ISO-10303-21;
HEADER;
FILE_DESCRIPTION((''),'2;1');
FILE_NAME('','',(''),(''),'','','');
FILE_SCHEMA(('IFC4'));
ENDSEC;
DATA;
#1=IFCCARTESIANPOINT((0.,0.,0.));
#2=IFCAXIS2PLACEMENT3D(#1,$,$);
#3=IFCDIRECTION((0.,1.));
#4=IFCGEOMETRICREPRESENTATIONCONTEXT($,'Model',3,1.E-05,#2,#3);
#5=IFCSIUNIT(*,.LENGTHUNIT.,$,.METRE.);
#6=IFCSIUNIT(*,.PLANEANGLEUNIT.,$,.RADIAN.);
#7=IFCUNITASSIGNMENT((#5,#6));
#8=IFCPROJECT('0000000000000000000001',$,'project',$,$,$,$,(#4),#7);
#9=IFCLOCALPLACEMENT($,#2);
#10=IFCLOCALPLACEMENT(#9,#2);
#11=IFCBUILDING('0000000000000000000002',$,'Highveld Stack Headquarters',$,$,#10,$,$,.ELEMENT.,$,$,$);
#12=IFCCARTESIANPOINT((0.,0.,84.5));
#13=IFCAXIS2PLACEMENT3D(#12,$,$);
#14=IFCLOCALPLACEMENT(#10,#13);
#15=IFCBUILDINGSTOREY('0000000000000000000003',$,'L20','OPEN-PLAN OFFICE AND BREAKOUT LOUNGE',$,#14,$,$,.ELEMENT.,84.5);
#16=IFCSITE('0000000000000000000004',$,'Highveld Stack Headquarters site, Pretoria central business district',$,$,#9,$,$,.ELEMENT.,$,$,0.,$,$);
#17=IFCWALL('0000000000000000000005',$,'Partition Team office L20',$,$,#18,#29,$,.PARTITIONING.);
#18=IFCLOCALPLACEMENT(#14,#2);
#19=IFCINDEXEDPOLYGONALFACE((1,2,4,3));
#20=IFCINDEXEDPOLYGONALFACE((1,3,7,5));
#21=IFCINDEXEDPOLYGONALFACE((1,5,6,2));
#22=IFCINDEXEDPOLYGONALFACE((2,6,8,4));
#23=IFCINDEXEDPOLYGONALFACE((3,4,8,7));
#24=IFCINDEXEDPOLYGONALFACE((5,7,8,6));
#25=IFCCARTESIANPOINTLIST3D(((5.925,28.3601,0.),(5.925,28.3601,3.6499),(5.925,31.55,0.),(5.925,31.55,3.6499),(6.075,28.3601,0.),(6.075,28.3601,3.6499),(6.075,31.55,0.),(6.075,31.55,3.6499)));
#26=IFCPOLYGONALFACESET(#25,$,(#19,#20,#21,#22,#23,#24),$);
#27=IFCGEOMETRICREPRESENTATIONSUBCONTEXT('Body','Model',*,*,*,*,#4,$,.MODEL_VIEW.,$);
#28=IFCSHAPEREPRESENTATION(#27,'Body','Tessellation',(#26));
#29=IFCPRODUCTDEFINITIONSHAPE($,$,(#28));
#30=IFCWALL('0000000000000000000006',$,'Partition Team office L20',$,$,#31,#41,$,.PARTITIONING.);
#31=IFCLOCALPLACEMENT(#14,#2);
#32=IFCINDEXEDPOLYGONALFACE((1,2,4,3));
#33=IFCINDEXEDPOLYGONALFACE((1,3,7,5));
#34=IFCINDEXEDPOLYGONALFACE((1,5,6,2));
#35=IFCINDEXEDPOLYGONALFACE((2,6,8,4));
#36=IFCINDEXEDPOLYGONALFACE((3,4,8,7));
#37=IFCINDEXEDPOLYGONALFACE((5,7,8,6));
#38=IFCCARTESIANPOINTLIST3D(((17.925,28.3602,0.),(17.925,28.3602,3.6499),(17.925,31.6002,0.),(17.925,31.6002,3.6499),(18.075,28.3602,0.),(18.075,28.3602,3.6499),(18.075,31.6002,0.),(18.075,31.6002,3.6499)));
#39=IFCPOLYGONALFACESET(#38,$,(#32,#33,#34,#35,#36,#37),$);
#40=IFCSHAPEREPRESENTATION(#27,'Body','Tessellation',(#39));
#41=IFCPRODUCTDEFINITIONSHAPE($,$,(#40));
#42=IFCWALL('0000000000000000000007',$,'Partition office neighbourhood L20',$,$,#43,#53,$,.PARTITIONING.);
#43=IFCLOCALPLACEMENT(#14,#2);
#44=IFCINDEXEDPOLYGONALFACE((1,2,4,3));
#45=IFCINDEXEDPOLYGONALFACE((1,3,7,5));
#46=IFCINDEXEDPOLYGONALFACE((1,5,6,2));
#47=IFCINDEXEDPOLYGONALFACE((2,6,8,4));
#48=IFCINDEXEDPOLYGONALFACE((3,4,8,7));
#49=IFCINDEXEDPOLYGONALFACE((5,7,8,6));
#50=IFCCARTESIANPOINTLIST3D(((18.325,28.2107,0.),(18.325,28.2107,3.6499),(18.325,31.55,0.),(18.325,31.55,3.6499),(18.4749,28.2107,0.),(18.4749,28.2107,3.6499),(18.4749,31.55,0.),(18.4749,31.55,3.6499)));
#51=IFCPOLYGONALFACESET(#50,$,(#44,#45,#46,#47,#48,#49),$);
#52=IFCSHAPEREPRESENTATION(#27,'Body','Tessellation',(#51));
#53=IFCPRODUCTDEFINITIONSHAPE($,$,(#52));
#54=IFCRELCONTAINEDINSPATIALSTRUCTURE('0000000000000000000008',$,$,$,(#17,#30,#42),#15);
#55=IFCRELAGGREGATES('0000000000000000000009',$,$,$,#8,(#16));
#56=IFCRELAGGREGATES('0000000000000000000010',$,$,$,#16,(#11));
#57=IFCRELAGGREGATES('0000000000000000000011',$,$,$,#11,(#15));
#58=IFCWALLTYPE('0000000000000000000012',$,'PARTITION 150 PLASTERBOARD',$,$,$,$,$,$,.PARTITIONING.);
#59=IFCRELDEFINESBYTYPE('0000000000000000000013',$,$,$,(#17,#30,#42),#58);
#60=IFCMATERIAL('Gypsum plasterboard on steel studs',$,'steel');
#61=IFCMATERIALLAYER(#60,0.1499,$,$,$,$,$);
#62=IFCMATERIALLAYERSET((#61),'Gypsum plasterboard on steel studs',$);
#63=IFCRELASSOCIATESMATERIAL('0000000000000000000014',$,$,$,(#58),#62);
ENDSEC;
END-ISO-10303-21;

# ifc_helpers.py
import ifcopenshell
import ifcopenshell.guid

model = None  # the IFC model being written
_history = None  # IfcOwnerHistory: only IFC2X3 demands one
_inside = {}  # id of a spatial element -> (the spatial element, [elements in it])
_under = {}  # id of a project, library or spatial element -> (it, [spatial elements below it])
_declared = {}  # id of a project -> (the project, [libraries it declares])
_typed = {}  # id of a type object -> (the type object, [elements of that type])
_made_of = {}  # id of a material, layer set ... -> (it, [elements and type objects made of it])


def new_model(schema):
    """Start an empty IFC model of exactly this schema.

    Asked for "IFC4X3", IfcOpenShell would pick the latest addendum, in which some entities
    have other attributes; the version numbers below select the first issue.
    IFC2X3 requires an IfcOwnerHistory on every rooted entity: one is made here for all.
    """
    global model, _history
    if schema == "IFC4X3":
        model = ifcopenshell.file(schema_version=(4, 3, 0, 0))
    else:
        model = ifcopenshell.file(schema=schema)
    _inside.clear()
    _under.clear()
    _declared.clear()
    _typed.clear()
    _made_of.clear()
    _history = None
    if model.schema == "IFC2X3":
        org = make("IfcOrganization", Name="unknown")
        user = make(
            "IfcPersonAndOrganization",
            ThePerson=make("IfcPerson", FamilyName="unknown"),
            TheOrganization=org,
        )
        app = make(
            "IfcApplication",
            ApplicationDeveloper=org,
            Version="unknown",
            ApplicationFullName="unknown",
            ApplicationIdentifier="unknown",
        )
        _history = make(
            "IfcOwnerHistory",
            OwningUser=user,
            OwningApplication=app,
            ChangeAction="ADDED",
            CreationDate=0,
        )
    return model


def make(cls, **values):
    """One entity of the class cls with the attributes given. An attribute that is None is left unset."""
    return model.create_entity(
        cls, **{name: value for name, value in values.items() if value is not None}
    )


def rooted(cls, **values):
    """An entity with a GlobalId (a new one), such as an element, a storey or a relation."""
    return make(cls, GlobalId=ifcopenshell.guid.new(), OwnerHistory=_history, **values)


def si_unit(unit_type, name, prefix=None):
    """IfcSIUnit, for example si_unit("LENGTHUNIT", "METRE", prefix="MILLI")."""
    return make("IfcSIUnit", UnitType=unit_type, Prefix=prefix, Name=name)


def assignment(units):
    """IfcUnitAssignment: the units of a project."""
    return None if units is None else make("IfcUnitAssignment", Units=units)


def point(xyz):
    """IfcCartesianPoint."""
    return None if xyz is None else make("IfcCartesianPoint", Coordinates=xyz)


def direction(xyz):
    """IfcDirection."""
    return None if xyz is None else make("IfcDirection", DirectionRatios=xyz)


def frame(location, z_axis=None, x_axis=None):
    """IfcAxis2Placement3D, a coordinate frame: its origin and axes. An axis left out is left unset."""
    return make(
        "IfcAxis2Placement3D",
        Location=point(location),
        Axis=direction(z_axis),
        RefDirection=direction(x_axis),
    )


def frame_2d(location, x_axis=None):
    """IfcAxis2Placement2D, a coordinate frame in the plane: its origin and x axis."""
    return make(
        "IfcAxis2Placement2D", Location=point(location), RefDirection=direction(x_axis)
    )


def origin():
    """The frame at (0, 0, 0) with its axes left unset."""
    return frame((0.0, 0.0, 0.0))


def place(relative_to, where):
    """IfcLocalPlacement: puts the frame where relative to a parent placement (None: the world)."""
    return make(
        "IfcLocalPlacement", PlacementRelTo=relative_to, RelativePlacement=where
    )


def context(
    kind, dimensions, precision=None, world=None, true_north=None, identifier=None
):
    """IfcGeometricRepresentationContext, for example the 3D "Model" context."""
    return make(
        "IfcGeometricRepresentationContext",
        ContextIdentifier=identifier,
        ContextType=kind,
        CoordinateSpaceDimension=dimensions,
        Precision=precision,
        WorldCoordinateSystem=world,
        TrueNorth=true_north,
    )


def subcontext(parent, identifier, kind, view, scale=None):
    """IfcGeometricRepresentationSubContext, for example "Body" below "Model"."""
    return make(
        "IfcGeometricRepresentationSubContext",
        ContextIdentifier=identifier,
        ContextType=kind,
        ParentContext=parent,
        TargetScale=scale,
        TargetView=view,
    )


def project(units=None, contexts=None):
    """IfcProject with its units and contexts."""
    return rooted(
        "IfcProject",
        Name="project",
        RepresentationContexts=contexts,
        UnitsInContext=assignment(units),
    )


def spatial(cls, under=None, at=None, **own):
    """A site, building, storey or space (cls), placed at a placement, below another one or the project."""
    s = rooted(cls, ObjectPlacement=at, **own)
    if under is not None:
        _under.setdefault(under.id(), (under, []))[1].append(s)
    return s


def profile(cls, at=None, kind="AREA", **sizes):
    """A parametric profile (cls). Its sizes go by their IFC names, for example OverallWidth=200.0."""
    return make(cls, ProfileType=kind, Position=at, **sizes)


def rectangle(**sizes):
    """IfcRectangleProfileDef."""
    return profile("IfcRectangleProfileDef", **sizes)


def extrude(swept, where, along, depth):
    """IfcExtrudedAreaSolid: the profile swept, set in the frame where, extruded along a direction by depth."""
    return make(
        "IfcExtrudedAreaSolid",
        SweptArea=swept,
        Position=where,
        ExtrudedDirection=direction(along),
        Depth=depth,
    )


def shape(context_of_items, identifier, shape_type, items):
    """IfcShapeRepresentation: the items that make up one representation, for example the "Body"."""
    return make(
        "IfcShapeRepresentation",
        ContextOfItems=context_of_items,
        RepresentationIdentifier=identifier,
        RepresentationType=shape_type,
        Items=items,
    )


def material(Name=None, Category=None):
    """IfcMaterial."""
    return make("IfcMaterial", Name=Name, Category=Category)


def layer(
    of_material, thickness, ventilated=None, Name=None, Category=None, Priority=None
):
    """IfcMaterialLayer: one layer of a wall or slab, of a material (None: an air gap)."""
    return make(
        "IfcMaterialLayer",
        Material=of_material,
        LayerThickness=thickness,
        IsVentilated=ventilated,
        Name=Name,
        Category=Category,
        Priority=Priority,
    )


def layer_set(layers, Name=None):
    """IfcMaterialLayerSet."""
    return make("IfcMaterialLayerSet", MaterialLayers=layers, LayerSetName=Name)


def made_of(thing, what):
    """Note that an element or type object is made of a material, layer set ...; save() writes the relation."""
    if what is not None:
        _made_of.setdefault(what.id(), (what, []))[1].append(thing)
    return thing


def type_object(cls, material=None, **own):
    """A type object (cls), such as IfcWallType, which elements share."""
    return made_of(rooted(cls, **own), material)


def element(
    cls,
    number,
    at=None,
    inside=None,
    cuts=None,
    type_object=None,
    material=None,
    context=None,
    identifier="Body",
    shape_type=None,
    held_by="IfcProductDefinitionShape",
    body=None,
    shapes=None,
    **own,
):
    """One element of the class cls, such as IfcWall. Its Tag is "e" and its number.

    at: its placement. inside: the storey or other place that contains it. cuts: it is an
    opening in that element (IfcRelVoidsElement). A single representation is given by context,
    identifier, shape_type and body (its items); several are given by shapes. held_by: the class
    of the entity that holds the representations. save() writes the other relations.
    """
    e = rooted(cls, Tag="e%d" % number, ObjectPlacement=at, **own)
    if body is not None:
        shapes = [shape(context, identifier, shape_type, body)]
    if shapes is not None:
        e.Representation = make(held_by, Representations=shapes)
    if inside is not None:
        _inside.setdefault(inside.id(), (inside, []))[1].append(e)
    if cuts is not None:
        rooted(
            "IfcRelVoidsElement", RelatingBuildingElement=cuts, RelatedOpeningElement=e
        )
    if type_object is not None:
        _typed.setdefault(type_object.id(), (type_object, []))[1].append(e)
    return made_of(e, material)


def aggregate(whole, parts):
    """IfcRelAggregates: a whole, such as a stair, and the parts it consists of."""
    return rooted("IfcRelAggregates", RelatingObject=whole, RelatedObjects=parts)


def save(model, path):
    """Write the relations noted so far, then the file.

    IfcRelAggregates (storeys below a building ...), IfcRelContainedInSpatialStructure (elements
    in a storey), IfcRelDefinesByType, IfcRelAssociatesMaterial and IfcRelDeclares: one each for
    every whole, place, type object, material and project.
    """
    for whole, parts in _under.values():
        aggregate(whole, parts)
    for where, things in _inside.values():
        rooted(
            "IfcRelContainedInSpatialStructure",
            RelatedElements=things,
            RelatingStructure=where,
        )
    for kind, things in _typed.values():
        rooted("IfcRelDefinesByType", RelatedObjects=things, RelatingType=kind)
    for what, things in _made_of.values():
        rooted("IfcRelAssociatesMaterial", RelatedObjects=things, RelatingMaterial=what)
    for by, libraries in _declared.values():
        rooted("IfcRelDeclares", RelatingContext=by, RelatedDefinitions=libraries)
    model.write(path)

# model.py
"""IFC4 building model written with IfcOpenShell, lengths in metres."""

from ifc_helpers import new_model, si_unit, direction, frame, frame_2d, origin, place, context, subcontext, project, spatial, rectangle, extrude, material, layer, layer_set, type_object, element, save


model = new_model("IFC4")

# Units and contexts
model_context = context("Model", 3, precision=1e-05, world=origin(), true_north=direction((0.0, 1.0)))
body_context = subcontext(model_context, "Body", "Model", "MODEL_VIEW")
ifc_project = project(units=[si_unit("LENGTHUNIT", "METRE"), si_unit("PLANEANGLEUNIT", "RADIAN")], contexts=[model_context])

# Site, building, storey
site_placement = place(None, origin())
site = spatial("IfcSite", under=ifc_project, at=site_placement, Name="Highveld Stack Headquarters site, Pretoria central business district", CompositionType="ELEMENT", RefElevation=0.0)
building_placement = place(site_placement, origin())
building = spatial("IfcBuilding", under=site, at=building_placement, Name="Highveld Stack Headquarters", CompositionType="ELEMENT")
storey_placement = place(building_placement, frame((0.0, 0.0, 84.5)))
storey = spatial("IfcBuildingStorey", under=building, at=storey_placement, Name="L20", Description="OPEN-PLAN OFFICE AND BREAKOUT LOUNGE", CompositionType="ELEMENT", Elevation=84.5)

# Walls
ifc_material_1 = material(Name="Gypsum plasterboard on steel studs", Category="steel")
ifc_layer_1 = layer(ifc_material_1, 0.1499)
ifc_layer_set_1 = layer_set([ifc_layer_1], Name="Gypsum plasterboard on steel studs")
wall_type = type_object("IfcWallType", Name="PARTITION 150 PLASTERBOARD", PredefinedType="PARTITIONING", material=ifc_layer_set_1)
wall_1_placement = place(storey_placement, frame((6.0, 28.3601, 0.0), z_axis=(0.0, 0.0, 1.0), x_axis=(0.0, 1.0, 0.0)))
element("IfcWall", 1, at=wall_1_placement, inside=storey, type_object=wall_type, Name="Partition Team office L20", PredefinedType="PARTITIONING", context=body_context, shape_type="SweptSolid", body=[
    extrude(rectangle(XDim=3.1899, YDim=0.1499, at=frame_2d((1.595, 0.0))), origin(), (0.0, 0.0, 1.0), 3.6499),
])
wall_2_placement = place(storey_placement, frame((18.0, 28.3601, 0.0), z_axis=(0.0, 0.0, 1.0), x_axis=(0.0, 1.0, 0.0)))
element("IfcWall", 2, at=wall_2_placement, inside=storey, type_object=wall_type, Name="Partition Team office L20", PredefinedType="PARTITIONING", context=body_context, shape_type="SweptSolid", body=[
    extrude(rectangle(XDim=3.24, YDim=0.1499, at=frame_2d((1.6201, 0.0))), origin(), (0.0, 0.0, 1.0), 3.6499),
])
wall_3_placement = place(storey_placement, frame((18.3999, 28.2107, 0.0), z_axis=(0.0, 0.0, 1.0), x_axis=(0.0, 1.0, 0.0)))
element("IfcWall", 3, at=wall_3_placement, inside=storey, type_object=wall_type, Name="Partition office neighbourhood L20", PredefinedType="PARTITIONING", context=body_context, shape_type="SweptSolid", body=[
    extrude(rectangle(XDim=3.3394, YDim=0.1499, at=frame_2d((1.6697, 0.0))), origin(), (0.0, 0.0, 1.0), 3.6499),
])

save(model, "model.ifc")
